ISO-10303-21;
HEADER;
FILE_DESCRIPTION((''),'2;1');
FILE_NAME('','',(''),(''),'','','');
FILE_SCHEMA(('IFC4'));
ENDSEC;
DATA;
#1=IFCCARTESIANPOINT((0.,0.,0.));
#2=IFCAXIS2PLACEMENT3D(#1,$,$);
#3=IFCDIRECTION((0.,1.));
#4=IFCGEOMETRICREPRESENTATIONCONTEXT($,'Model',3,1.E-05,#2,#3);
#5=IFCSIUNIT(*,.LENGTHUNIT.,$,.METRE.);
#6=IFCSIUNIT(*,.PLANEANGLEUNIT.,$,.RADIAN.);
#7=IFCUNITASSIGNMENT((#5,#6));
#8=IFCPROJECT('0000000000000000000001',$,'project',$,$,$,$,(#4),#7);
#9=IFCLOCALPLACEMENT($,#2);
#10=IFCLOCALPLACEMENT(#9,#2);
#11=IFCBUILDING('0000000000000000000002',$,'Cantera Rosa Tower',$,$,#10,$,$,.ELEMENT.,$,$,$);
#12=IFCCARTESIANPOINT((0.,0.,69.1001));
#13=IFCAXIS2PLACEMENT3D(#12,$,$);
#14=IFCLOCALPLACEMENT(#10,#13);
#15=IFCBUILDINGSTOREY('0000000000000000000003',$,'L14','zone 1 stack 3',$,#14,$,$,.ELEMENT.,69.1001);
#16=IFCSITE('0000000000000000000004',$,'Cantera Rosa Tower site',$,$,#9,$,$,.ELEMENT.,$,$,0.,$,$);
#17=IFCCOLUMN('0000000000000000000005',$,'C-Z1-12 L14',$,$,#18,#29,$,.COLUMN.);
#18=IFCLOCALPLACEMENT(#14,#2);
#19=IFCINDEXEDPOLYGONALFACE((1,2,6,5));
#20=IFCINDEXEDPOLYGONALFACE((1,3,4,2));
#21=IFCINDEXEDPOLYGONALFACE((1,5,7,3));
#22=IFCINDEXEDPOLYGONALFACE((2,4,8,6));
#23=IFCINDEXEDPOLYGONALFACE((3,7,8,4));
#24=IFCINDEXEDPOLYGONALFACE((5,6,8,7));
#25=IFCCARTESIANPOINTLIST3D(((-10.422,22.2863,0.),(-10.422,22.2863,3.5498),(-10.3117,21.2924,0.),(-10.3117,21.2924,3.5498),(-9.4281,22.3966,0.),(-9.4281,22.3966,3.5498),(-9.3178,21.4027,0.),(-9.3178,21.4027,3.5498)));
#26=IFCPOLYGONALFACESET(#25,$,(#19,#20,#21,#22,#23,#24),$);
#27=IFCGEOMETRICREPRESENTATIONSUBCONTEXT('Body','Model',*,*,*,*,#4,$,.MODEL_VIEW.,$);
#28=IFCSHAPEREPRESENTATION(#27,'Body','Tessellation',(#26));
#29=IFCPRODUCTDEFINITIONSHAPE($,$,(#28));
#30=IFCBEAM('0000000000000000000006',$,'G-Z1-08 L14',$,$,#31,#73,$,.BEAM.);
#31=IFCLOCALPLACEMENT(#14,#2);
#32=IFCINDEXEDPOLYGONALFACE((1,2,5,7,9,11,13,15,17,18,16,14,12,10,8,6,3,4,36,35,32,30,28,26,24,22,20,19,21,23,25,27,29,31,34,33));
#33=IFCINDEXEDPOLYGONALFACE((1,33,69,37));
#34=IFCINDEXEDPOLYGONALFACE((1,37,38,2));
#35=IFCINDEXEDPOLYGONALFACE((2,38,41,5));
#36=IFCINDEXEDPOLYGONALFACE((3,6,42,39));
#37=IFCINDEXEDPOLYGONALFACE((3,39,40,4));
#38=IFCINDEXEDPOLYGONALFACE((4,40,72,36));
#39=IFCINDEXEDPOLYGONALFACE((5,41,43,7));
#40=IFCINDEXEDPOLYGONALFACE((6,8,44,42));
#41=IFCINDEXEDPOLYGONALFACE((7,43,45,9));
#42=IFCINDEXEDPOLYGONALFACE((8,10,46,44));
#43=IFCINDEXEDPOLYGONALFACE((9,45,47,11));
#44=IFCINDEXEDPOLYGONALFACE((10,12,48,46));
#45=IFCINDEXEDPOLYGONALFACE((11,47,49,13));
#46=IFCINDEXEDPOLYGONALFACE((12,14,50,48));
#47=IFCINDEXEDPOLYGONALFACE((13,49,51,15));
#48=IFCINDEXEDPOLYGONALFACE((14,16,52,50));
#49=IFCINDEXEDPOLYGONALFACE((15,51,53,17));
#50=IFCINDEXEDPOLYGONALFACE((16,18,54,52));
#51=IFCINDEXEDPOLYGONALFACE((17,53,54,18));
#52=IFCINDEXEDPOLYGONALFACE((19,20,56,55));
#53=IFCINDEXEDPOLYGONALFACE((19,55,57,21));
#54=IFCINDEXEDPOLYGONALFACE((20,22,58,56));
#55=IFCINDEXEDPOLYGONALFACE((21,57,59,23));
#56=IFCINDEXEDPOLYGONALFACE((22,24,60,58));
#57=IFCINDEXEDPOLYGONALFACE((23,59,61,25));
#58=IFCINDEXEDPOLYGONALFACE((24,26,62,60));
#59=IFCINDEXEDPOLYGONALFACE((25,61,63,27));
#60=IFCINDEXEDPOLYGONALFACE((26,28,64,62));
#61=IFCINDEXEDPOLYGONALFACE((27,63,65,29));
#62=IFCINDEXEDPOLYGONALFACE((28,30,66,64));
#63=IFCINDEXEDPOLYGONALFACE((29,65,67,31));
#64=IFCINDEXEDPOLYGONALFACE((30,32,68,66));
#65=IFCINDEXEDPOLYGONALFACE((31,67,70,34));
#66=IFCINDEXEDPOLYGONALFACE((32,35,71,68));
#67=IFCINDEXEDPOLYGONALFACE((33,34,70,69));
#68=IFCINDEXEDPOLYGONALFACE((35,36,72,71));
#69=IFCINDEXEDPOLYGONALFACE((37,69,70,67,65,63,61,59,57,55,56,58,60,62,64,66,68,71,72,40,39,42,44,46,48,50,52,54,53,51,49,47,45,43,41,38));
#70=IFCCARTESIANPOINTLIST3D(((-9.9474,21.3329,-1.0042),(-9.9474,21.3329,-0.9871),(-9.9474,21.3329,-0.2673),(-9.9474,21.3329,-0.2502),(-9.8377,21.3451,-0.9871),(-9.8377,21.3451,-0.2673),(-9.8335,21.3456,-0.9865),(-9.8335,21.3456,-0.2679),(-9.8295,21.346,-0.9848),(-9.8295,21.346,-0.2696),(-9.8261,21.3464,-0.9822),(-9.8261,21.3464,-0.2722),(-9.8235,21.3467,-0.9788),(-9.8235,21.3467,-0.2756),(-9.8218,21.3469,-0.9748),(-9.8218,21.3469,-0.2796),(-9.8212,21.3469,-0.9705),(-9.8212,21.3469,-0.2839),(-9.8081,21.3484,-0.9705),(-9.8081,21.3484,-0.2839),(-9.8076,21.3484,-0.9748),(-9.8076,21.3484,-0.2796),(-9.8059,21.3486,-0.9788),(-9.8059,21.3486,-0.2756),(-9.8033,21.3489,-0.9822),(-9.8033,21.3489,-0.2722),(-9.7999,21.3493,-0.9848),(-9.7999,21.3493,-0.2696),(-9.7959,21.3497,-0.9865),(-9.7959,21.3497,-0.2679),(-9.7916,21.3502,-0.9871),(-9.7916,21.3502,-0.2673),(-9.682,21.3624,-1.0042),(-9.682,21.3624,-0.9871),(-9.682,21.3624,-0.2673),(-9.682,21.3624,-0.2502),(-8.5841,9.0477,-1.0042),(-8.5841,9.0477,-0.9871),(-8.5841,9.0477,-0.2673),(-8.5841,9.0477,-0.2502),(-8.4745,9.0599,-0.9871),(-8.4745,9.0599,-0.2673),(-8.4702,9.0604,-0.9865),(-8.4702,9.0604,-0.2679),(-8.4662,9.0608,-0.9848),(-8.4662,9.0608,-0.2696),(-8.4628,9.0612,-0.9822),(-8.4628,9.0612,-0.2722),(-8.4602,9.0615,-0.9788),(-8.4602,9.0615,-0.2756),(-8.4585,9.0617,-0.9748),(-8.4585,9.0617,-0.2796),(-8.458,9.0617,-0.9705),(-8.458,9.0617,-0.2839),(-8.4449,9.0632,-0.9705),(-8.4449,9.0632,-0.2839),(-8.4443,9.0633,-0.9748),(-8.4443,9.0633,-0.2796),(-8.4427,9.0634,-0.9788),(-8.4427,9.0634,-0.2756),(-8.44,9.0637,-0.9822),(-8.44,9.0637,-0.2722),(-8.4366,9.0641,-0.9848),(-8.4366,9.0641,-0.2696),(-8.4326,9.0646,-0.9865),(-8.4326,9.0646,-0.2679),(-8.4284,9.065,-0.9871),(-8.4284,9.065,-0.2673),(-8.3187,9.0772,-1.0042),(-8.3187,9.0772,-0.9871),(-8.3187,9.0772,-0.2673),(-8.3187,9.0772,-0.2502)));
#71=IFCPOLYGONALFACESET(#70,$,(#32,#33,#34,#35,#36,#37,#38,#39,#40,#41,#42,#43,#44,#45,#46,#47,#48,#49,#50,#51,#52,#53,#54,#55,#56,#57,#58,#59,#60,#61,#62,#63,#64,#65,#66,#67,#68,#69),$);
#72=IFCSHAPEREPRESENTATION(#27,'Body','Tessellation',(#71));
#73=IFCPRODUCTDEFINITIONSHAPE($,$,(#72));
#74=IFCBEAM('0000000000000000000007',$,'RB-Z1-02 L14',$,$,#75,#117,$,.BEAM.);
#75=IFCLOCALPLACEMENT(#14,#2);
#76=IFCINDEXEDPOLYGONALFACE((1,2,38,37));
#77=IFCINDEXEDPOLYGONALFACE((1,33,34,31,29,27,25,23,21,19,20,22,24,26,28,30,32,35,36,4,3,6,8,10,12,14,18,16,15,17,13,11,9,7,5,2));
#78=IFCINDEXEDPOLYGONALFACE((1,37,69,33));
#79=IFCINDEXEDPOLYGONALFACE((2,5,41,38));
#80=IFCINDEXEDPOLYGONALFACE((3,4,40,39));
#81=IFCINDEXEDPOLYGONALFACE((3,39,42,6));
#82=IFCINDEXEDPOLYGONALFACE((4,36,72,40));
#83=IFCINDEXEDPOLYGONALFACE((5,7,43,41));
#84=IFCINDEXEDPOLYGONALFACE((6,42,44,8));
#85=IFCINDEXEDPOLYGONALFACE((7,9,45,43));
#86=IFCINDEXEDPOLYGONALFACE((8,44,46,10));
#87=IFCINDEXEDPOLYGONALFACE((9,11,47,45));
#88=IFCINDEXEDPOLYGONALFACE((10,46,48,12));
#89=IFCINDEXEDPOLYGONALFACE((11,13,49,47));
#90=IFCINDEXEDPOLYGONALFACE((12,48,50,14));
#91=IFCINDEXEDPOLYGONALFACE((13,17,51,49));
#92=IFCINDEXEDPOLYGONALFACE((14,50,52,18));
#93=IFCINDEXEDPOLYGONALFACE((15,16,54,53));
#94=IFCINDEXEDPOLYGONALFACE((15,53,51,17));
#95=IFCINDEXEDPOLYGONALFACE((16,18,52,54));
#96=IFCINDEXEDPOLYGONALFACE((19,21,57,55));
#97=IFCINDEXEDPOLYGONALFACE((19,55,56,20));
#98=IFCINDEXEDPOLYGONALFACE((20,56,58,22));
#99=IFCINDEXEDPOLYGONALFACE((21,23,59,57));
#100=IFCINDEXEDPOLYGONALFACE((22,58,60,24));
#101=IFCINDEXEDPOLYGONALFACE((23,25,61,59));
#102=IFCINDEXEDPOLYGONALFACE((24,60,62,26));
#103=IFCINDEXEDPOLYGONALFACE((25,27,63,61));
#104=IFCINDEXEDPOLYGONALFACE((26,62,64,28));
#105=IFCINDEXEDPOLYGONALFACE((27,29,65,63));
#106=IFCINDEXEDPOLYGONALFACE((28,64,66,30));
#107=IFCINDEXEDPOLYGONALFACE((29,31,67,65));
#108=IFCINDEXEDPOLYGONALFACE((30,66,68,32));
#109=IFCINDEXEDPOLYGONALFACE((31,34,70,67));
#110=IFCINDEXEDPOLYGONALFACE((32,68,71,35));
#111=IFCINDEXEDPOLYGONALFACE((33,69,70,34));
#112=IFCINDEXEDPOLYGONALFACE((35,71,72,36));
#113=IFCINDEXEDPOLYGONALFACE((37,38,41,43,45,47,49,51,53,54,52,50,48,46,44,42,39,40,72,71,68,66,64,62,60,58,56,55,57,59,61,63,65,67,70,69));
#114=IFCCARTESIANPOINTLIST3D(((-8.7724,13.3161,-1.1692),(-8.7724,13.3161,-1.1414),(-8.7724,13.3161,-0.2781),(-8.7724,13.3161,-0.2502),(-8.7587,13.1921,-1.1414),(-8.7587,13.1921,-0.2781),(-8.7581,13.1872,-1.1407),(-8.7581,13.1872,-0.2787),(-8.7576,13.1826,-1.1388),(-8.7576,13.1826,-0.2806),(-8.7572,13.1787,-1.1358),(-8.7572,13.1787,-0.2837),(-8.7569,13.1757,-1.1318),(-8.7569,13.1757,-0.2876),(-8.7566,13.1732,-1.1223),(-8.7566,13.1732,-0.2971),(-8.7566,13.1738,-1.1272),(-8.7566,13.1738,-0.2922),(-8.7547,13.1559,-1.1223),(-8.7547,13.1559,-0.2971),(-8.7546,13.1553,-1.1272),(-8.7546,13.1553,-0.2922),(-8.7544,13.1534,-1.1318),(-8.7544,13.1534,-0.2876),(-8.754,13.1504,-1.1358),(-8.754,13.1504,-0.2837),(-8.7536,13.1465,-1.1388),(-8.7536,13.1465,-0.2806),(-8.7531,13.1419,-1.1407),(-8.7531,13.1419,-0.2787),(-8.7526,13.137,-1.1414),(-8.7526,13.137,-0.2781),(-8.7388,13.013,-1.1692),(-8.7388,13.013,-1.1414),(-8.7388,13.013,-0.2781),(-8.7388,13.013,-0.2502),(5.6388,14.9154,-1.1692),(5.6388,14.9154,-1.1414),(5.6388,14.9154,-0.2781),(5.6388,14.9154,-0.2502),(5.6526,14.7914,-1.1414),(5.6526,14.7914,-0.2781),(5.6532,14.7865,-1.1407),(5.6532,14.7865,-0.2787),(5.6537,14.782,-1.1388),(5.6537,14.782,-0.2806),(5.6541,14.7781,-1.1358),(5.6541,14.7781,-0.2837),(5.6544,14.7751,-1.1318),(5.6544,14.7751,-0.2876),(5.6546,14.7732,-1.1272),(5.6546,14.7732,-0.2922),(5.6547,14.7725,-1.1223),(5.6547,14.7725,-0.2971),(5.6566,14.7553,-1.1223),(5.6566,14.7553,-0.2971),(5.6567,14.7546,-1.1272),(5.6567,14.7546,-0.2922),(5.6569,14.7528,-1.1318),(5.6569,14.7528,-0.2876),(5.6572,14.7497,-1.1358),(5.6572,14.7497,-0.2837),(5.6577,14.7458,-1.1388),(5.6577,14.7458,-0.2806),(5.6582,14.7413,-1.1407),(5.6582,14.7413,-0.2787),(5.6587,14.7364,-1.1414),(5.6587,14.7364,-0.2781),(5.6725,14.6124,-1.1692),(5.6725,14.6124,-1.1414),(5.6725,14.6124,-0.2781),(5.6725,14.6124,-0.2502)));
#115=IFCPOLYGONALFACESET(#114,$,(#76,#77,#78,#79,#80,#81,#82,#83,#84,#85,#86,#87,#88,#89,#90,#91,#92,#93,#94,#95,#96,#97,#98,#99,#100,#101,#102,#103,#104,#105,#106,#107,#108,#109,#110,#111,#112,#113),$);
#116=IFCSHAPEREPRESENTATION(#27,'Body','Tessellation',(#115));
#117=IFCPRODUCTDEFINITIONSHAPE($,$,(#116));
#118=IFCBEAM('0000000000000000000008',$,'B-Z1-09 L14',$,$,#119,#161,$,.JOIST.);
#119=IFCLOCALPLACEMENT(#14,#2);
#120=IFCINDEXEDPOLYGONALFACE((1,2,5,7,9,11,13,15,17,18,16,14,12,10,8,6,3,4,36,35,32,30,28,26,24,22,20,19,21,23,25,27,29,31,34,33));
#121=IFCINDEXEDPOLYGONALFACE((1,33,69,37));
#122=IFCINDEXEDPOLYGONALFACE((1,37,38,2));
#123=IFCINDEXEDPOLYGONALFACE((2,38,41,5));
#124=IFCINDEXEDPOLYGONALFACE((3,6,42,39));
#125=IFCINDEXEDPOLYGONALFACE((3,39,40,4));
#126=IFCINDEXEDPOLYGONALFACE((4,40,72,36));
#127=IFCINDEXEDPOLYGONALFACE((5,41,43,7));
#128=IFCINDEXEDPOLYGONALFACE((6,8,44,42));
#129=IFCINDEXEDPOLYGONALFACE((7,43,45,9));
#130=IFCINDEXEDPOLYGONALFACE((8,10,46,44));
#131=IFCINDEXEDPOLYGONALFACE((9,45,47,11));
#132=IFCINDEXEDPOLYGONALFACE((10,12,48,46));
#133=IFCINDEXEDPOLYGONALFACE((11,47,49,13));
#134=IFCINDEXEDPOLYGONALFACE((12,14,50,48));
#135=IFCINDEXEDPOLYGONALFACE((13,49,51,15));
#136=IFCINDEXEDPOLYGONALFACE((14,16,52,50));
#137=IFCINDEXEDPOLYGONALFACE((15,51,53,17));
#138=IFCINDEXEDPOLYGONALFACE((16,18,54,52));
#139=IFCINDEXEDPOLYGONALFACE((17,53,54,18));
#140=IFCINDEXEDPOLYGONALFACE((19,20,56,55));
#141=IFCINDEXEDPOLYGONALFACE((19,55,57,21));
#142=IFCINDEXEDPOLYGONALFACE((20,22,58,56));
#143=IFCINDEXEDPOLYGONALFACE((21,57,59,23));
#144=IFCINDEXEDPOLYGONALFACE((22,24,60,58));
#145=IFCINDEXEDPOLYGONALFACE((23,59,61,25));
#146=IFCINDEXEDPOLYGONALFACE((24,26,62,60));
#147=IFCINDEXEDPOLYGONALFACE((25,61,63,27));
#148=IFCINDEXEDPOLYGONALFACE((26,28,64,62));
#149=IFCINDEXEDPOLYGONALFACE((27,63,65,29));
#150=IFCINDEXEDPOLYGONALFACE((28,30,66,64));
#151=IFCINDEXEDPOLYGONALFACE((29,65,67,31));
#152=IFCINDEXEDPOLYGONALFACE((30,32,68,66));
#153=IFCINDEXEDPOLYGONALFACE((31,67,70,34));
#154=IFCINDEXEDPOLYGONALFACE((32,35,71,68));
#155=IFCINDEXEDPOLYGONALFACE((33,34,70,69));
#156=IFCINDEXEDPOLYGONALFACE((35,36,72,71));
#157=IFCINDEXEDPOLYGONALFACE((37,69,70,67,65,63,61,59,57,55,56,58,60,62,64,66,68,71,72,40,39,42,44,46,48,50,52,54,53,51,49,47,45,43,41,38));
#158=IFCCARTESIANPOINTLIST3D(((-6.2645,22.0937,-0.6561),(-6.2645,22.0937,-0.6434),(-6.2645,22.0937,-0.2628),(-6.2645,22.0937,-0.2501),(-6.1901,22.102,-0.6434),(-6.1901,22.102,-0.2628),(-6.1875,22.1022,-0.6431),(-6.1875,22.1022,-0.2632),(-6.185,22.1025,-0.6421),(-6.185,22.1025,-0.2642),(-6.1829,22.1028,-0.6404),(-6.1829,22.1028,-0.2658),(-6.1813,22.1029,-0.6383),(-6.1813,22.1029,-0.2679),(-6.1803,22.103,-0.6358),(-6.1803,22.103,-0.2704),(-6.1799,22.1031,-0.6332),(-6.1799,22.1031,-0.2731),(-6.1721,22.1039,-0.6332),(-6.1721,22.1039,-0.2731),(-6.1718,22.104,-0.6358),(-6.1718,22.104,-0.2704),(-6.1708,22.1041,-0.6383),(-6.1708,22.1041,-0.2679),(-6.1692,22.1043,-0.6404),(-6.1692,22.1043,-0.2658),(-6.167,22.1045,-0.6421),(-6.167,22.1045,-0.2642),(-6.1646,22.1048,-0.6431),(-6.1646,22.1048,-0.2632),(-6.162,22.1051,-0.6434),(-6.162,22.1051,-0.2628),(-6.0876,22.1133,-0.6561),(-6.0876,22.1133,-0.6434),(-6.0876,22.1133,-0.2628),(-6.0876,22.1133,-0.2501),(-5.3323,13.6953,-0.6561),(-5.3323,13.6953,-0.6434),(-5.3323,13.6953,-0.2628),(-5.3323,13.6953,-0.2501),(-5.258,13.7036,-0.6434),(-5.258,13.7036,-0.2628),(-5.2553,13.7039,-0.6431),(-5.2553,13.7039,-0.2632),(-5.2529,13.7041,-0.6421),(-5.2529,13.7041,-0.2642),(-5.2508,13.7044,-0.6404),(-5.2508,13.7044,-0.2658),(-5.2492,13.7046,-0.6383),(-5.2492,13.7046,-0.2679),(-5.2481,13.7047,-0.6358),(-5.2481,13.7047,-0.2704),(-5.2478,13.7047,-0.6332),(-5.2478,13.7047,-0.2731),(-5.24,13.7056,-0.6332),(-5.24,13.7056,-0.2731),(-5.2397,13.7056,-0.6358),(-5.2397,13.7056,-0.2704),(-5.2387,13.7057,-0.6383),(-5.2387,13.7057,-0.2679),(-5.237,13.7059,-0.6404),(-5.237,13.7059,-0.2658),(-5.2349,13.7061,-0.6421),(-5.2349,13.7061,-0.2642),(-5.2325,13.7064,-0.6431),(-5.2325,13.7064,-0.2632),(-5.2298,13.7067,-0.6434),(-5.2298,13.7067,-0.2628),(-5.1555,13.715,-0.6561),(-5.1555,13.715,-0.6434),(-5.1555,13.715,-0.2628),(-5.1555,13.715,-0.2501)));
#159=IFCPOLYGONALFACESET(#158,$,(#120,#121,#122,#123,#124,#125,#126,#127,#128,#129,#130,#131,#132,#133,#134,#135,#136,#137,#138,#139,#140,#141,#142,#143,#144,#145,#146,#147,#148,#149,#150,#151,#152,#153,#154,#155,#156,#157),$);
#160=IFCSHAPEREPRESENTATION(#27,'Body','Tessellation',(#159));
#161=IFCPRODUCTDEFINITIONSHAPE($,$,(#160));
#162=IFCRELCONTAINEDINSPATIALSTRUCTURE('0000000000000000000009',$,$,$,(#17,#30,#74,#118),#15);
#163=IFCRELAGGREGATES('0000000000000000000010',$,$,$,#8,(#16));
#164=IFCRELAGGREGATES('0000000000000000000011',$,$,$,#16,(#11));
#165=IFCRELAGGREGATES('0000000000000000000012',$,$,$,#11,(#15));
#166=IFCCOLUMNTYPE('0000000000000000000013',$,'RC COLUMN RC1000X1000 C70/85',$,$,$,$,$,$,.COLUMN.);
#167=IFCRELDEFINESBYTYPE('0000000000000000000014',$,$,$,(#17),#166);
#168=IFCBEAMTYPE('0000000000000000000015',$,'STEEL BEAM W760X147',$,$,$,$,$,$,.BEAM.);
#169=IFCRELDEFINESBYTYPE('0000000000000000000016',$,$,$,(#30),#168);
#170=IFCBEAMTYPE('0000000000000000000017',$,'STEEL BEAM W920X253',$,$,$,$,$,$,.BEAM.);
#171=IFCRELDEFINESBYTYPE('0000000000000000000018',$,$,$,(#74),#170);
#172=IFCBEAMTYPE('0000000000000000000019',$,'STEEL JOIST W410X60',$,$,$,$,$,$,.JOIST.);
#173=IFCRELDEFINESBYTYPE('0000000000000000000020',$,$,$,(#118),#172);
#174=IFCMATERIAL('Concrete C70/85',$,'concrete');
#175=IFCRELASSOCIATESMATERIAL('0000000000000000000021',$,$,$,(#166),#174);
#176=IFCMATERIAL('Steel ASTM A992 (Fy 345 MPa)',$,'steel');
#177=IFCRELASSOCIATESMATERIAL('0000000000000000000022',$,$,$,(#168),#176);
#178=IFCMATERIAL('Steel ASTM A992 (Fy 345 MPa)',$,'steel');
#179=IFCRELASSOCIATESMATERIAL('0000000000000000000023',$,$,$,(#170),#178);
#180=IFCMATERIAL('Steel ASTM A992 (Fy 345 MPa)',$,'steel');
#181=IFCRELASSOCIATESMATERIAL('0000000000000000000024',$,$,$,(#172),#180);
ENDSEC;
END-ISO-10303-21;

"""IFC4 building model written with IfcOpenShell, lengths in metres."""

from ifc_helpers import new_model, si_unit, direction, frame, origin, origin_2d, place, context, subcontext, project, spatial, rectangle, i_section, extrude, material, material_profile, profile_set, type_object, element, save


model = new_model("IFC4")

# Units and contexts
model_context = context("Model", 3, precision=1e-05, world=origin(), true_north=direction((0.0, 1.0)))
body_context = subcontext(model_context, "Body", "Model", "MODEL_VIEW")
ifc_project = project(units=[si_unit("LENGTHUNIT", "METRE"), si_unit("PLANEANGLEUNIT", "RADIAN")], contexts=[model_context])

# Site, building, storey
site_placement = place(None, origin())
site = spatial("IfcSite", under=ifc_project, at=site_placement, Name="Cantera Rosa Tower site", CompositionType="ELEMENT", RefElevation=0.0)
building_placement = place(site_placement, origin())
building = spatial("IfcBuilding", under=site, at=building_placement, Name="Cantera Rosa Tower", CompositionType="ELEMENT")
storey_placement = place(building_placement, frame((0.0, 0.0, 69.1001)))
storey = spatial("IfcBuildingStorey", under=building, at=storey_placement, Name="L14", Description="zone 1 stack 3", CompositionType="ELEMENT", Elevation=69.1001)

# Column
ifc_material_1 = material(Name="Concrete C70/85", Category="concrete")
ifc_material_profile_1 = material_profile(ifc_material_1, rectangle(XDim=1.0, YDim=1.0, at=origin_2d()), Name="RC COLUMN RC1000X1000 C70/85")
ifc_profile_set_1 = profile_set([ifc_material_profile_1], Name="Concrete C70/85")
column_type = type_object("IfcColumnType", Name="RC COLUMN RC1000X1000 C70/85", PredefinedType="COLUMN", material=ifc_profile_set_1)
column_placement = place(storey_placement, frame((-9.8699, 21.8445, 0.0), z_axis=(0.0, 0.0, 1.0), x_axis=(0.993897, 0.110313, 0.0)))
element("IfcColumn", 1, at=column_placement, inside=storey, type_object=column_type, Name="C-Z1-12 L14", PredefinedType="COLUMN", context=body_context, shape_type="SweptSolid", body=[
    extrude(rectangle(XDim=1.0, YDim=1.0, at=origin_2d()), origin(), (0.0, 0.0, 1.0), 3.5498),
])

# Beams
ifc_material_2 = material(Name="Steel ASTM A992 (Fy 345 MPa)", Category="steel")
ifc_material_profile_2 = material_profile(ifc_material_2, i_section(OverallWidth=0.2671, OverallDepth=0.7539, WebThickness=0.0132, FlangeThickness=0.0171, FilletRadius=0.0166, at=origin_2d()), Name="W760X147")
ifc_profile_set_2 = profile_set([ifc_material_profile_2], Name="Steel ASTM A992 (Fy 345 MPa)")
beam_type_1 = type_object("IfcBeamType", Name="STEEL BEAM W760X147", PredefinedType="BEAM", material=ifc_profile_set_2)
beam_1_placement = place(storey_placement, frame((-9.8147, 21.3477, -0.6272), z_axis=(0.110293, -0.993899, 0.0), x_axis=(0.993899, 0.110293, 0.0)))
element("IfcBeam", 2, at=beam_1_placement, inside=storey, type_object=beam_type_1, Name="G-Z1-08 L14", PredefinedType="BEAM", context=body_context, shape_type="SweptSolid", body=[
    extrude(i_section(OverallWidth=0.2671, OverallDepth=0.7539, WebThickness=0.0132, FlangeThickness=0.0171, FilletRadius=0.0166, at=origin_2d()), origin(), (0.0, 0.0, 1.0), 12.3606),
])
ifc_material_3 = material(Name="Steel ASTM A992 (Fy 345 MPa)", Category="steel")
ifc_material_profile_3 = material_profile(ifc_material_3, i_section(OverallWidth=0.3049, OverallDepth=0.9189, WebThickness=0.0173, FlangeThickness=0.0278, FilletRadius=0.019, at=origin_2d()), Name="W920X253")
ifc_profile_set_3 = profile_set([ifc_material_profile_3], Name="Steel ASTM A992 (Fy 345 MPa)")
beam_type_2 = type_object("IfcBeamType", Name="STEEL BEAM W920X253", PredefinedType="BEAM", material=ifc_profile_set_3)
beam_2_placement = place(storey_placement, frame((-8.7556, 13.1646, -0.7097), z_axis=(0.993898, 0.110302, 0.0), x_axis=(-0.110302, 0.993898, 0.0)))
element("IfcBeam", 3, at=beam_2_placement, inside=storey, type_object=beam_type_2, Name="RB-Z1-02 L14", PredefinedType="BEAM", context=body_context, shape_type="SweptSolid", body=[
    extrude(i_section(OverallWidth=0.3049, OverallDepth=0.9189, WebThickness=0.0173, FlangeThickness=0.0278, FilletRadius=0.019, at=origin_2d()), origin(), (0.0, 0.0, 1.0), 14.4998),
])
ifc_material_4 = material(Name="Steel ASTM A992 (Fy 345 MPa)", Category="steel")
ifc_material_profile_4 = material_profile(ifc_material_4, i_section(OverallWidth=0.178, OverallDepth=0.406, WebThickness=0.0078, FlangeThickness=0.0127, FilletRadius=0.0103, at=origin_2d()), Name="W410X60")
ifc_profile_set_4 = profile_set([ifc_material_profile_4], Name="Steel ASTM A992 (Fy 345 MPa)")
beam_type_3 = type_object("IfcBeamType", Name="STEEL JOIST W410X60", PredefinedType="JOIST", material=ifc_profile_set_4)
beam_3_placement = place(storey_placement, frame((-6.176, 22.1035, -0.4531), z_axis=(0.110311, -0.993897, 0.0), x_axis=(0.993897, 0.110311, 0.0)))
element("IfcBeam", 4, at=beam_3_placement, inside=storey, type_object=beam_type_3, Name="B-Z1-09 L14", PredefinedType="JOIST", context=body_context, shape_type="SweptSolid", body=[
    extrude(i_section(OverallWidth=0.178, OverallDepth=0.406, WebThickness=0.0078, FlangeThickness=0.0127, FilletRadius=0.0103, at=origin_2d()), origin(), (0.0, 0.0, 1.0), 8.45),
])

save(model, "model.ifc")
